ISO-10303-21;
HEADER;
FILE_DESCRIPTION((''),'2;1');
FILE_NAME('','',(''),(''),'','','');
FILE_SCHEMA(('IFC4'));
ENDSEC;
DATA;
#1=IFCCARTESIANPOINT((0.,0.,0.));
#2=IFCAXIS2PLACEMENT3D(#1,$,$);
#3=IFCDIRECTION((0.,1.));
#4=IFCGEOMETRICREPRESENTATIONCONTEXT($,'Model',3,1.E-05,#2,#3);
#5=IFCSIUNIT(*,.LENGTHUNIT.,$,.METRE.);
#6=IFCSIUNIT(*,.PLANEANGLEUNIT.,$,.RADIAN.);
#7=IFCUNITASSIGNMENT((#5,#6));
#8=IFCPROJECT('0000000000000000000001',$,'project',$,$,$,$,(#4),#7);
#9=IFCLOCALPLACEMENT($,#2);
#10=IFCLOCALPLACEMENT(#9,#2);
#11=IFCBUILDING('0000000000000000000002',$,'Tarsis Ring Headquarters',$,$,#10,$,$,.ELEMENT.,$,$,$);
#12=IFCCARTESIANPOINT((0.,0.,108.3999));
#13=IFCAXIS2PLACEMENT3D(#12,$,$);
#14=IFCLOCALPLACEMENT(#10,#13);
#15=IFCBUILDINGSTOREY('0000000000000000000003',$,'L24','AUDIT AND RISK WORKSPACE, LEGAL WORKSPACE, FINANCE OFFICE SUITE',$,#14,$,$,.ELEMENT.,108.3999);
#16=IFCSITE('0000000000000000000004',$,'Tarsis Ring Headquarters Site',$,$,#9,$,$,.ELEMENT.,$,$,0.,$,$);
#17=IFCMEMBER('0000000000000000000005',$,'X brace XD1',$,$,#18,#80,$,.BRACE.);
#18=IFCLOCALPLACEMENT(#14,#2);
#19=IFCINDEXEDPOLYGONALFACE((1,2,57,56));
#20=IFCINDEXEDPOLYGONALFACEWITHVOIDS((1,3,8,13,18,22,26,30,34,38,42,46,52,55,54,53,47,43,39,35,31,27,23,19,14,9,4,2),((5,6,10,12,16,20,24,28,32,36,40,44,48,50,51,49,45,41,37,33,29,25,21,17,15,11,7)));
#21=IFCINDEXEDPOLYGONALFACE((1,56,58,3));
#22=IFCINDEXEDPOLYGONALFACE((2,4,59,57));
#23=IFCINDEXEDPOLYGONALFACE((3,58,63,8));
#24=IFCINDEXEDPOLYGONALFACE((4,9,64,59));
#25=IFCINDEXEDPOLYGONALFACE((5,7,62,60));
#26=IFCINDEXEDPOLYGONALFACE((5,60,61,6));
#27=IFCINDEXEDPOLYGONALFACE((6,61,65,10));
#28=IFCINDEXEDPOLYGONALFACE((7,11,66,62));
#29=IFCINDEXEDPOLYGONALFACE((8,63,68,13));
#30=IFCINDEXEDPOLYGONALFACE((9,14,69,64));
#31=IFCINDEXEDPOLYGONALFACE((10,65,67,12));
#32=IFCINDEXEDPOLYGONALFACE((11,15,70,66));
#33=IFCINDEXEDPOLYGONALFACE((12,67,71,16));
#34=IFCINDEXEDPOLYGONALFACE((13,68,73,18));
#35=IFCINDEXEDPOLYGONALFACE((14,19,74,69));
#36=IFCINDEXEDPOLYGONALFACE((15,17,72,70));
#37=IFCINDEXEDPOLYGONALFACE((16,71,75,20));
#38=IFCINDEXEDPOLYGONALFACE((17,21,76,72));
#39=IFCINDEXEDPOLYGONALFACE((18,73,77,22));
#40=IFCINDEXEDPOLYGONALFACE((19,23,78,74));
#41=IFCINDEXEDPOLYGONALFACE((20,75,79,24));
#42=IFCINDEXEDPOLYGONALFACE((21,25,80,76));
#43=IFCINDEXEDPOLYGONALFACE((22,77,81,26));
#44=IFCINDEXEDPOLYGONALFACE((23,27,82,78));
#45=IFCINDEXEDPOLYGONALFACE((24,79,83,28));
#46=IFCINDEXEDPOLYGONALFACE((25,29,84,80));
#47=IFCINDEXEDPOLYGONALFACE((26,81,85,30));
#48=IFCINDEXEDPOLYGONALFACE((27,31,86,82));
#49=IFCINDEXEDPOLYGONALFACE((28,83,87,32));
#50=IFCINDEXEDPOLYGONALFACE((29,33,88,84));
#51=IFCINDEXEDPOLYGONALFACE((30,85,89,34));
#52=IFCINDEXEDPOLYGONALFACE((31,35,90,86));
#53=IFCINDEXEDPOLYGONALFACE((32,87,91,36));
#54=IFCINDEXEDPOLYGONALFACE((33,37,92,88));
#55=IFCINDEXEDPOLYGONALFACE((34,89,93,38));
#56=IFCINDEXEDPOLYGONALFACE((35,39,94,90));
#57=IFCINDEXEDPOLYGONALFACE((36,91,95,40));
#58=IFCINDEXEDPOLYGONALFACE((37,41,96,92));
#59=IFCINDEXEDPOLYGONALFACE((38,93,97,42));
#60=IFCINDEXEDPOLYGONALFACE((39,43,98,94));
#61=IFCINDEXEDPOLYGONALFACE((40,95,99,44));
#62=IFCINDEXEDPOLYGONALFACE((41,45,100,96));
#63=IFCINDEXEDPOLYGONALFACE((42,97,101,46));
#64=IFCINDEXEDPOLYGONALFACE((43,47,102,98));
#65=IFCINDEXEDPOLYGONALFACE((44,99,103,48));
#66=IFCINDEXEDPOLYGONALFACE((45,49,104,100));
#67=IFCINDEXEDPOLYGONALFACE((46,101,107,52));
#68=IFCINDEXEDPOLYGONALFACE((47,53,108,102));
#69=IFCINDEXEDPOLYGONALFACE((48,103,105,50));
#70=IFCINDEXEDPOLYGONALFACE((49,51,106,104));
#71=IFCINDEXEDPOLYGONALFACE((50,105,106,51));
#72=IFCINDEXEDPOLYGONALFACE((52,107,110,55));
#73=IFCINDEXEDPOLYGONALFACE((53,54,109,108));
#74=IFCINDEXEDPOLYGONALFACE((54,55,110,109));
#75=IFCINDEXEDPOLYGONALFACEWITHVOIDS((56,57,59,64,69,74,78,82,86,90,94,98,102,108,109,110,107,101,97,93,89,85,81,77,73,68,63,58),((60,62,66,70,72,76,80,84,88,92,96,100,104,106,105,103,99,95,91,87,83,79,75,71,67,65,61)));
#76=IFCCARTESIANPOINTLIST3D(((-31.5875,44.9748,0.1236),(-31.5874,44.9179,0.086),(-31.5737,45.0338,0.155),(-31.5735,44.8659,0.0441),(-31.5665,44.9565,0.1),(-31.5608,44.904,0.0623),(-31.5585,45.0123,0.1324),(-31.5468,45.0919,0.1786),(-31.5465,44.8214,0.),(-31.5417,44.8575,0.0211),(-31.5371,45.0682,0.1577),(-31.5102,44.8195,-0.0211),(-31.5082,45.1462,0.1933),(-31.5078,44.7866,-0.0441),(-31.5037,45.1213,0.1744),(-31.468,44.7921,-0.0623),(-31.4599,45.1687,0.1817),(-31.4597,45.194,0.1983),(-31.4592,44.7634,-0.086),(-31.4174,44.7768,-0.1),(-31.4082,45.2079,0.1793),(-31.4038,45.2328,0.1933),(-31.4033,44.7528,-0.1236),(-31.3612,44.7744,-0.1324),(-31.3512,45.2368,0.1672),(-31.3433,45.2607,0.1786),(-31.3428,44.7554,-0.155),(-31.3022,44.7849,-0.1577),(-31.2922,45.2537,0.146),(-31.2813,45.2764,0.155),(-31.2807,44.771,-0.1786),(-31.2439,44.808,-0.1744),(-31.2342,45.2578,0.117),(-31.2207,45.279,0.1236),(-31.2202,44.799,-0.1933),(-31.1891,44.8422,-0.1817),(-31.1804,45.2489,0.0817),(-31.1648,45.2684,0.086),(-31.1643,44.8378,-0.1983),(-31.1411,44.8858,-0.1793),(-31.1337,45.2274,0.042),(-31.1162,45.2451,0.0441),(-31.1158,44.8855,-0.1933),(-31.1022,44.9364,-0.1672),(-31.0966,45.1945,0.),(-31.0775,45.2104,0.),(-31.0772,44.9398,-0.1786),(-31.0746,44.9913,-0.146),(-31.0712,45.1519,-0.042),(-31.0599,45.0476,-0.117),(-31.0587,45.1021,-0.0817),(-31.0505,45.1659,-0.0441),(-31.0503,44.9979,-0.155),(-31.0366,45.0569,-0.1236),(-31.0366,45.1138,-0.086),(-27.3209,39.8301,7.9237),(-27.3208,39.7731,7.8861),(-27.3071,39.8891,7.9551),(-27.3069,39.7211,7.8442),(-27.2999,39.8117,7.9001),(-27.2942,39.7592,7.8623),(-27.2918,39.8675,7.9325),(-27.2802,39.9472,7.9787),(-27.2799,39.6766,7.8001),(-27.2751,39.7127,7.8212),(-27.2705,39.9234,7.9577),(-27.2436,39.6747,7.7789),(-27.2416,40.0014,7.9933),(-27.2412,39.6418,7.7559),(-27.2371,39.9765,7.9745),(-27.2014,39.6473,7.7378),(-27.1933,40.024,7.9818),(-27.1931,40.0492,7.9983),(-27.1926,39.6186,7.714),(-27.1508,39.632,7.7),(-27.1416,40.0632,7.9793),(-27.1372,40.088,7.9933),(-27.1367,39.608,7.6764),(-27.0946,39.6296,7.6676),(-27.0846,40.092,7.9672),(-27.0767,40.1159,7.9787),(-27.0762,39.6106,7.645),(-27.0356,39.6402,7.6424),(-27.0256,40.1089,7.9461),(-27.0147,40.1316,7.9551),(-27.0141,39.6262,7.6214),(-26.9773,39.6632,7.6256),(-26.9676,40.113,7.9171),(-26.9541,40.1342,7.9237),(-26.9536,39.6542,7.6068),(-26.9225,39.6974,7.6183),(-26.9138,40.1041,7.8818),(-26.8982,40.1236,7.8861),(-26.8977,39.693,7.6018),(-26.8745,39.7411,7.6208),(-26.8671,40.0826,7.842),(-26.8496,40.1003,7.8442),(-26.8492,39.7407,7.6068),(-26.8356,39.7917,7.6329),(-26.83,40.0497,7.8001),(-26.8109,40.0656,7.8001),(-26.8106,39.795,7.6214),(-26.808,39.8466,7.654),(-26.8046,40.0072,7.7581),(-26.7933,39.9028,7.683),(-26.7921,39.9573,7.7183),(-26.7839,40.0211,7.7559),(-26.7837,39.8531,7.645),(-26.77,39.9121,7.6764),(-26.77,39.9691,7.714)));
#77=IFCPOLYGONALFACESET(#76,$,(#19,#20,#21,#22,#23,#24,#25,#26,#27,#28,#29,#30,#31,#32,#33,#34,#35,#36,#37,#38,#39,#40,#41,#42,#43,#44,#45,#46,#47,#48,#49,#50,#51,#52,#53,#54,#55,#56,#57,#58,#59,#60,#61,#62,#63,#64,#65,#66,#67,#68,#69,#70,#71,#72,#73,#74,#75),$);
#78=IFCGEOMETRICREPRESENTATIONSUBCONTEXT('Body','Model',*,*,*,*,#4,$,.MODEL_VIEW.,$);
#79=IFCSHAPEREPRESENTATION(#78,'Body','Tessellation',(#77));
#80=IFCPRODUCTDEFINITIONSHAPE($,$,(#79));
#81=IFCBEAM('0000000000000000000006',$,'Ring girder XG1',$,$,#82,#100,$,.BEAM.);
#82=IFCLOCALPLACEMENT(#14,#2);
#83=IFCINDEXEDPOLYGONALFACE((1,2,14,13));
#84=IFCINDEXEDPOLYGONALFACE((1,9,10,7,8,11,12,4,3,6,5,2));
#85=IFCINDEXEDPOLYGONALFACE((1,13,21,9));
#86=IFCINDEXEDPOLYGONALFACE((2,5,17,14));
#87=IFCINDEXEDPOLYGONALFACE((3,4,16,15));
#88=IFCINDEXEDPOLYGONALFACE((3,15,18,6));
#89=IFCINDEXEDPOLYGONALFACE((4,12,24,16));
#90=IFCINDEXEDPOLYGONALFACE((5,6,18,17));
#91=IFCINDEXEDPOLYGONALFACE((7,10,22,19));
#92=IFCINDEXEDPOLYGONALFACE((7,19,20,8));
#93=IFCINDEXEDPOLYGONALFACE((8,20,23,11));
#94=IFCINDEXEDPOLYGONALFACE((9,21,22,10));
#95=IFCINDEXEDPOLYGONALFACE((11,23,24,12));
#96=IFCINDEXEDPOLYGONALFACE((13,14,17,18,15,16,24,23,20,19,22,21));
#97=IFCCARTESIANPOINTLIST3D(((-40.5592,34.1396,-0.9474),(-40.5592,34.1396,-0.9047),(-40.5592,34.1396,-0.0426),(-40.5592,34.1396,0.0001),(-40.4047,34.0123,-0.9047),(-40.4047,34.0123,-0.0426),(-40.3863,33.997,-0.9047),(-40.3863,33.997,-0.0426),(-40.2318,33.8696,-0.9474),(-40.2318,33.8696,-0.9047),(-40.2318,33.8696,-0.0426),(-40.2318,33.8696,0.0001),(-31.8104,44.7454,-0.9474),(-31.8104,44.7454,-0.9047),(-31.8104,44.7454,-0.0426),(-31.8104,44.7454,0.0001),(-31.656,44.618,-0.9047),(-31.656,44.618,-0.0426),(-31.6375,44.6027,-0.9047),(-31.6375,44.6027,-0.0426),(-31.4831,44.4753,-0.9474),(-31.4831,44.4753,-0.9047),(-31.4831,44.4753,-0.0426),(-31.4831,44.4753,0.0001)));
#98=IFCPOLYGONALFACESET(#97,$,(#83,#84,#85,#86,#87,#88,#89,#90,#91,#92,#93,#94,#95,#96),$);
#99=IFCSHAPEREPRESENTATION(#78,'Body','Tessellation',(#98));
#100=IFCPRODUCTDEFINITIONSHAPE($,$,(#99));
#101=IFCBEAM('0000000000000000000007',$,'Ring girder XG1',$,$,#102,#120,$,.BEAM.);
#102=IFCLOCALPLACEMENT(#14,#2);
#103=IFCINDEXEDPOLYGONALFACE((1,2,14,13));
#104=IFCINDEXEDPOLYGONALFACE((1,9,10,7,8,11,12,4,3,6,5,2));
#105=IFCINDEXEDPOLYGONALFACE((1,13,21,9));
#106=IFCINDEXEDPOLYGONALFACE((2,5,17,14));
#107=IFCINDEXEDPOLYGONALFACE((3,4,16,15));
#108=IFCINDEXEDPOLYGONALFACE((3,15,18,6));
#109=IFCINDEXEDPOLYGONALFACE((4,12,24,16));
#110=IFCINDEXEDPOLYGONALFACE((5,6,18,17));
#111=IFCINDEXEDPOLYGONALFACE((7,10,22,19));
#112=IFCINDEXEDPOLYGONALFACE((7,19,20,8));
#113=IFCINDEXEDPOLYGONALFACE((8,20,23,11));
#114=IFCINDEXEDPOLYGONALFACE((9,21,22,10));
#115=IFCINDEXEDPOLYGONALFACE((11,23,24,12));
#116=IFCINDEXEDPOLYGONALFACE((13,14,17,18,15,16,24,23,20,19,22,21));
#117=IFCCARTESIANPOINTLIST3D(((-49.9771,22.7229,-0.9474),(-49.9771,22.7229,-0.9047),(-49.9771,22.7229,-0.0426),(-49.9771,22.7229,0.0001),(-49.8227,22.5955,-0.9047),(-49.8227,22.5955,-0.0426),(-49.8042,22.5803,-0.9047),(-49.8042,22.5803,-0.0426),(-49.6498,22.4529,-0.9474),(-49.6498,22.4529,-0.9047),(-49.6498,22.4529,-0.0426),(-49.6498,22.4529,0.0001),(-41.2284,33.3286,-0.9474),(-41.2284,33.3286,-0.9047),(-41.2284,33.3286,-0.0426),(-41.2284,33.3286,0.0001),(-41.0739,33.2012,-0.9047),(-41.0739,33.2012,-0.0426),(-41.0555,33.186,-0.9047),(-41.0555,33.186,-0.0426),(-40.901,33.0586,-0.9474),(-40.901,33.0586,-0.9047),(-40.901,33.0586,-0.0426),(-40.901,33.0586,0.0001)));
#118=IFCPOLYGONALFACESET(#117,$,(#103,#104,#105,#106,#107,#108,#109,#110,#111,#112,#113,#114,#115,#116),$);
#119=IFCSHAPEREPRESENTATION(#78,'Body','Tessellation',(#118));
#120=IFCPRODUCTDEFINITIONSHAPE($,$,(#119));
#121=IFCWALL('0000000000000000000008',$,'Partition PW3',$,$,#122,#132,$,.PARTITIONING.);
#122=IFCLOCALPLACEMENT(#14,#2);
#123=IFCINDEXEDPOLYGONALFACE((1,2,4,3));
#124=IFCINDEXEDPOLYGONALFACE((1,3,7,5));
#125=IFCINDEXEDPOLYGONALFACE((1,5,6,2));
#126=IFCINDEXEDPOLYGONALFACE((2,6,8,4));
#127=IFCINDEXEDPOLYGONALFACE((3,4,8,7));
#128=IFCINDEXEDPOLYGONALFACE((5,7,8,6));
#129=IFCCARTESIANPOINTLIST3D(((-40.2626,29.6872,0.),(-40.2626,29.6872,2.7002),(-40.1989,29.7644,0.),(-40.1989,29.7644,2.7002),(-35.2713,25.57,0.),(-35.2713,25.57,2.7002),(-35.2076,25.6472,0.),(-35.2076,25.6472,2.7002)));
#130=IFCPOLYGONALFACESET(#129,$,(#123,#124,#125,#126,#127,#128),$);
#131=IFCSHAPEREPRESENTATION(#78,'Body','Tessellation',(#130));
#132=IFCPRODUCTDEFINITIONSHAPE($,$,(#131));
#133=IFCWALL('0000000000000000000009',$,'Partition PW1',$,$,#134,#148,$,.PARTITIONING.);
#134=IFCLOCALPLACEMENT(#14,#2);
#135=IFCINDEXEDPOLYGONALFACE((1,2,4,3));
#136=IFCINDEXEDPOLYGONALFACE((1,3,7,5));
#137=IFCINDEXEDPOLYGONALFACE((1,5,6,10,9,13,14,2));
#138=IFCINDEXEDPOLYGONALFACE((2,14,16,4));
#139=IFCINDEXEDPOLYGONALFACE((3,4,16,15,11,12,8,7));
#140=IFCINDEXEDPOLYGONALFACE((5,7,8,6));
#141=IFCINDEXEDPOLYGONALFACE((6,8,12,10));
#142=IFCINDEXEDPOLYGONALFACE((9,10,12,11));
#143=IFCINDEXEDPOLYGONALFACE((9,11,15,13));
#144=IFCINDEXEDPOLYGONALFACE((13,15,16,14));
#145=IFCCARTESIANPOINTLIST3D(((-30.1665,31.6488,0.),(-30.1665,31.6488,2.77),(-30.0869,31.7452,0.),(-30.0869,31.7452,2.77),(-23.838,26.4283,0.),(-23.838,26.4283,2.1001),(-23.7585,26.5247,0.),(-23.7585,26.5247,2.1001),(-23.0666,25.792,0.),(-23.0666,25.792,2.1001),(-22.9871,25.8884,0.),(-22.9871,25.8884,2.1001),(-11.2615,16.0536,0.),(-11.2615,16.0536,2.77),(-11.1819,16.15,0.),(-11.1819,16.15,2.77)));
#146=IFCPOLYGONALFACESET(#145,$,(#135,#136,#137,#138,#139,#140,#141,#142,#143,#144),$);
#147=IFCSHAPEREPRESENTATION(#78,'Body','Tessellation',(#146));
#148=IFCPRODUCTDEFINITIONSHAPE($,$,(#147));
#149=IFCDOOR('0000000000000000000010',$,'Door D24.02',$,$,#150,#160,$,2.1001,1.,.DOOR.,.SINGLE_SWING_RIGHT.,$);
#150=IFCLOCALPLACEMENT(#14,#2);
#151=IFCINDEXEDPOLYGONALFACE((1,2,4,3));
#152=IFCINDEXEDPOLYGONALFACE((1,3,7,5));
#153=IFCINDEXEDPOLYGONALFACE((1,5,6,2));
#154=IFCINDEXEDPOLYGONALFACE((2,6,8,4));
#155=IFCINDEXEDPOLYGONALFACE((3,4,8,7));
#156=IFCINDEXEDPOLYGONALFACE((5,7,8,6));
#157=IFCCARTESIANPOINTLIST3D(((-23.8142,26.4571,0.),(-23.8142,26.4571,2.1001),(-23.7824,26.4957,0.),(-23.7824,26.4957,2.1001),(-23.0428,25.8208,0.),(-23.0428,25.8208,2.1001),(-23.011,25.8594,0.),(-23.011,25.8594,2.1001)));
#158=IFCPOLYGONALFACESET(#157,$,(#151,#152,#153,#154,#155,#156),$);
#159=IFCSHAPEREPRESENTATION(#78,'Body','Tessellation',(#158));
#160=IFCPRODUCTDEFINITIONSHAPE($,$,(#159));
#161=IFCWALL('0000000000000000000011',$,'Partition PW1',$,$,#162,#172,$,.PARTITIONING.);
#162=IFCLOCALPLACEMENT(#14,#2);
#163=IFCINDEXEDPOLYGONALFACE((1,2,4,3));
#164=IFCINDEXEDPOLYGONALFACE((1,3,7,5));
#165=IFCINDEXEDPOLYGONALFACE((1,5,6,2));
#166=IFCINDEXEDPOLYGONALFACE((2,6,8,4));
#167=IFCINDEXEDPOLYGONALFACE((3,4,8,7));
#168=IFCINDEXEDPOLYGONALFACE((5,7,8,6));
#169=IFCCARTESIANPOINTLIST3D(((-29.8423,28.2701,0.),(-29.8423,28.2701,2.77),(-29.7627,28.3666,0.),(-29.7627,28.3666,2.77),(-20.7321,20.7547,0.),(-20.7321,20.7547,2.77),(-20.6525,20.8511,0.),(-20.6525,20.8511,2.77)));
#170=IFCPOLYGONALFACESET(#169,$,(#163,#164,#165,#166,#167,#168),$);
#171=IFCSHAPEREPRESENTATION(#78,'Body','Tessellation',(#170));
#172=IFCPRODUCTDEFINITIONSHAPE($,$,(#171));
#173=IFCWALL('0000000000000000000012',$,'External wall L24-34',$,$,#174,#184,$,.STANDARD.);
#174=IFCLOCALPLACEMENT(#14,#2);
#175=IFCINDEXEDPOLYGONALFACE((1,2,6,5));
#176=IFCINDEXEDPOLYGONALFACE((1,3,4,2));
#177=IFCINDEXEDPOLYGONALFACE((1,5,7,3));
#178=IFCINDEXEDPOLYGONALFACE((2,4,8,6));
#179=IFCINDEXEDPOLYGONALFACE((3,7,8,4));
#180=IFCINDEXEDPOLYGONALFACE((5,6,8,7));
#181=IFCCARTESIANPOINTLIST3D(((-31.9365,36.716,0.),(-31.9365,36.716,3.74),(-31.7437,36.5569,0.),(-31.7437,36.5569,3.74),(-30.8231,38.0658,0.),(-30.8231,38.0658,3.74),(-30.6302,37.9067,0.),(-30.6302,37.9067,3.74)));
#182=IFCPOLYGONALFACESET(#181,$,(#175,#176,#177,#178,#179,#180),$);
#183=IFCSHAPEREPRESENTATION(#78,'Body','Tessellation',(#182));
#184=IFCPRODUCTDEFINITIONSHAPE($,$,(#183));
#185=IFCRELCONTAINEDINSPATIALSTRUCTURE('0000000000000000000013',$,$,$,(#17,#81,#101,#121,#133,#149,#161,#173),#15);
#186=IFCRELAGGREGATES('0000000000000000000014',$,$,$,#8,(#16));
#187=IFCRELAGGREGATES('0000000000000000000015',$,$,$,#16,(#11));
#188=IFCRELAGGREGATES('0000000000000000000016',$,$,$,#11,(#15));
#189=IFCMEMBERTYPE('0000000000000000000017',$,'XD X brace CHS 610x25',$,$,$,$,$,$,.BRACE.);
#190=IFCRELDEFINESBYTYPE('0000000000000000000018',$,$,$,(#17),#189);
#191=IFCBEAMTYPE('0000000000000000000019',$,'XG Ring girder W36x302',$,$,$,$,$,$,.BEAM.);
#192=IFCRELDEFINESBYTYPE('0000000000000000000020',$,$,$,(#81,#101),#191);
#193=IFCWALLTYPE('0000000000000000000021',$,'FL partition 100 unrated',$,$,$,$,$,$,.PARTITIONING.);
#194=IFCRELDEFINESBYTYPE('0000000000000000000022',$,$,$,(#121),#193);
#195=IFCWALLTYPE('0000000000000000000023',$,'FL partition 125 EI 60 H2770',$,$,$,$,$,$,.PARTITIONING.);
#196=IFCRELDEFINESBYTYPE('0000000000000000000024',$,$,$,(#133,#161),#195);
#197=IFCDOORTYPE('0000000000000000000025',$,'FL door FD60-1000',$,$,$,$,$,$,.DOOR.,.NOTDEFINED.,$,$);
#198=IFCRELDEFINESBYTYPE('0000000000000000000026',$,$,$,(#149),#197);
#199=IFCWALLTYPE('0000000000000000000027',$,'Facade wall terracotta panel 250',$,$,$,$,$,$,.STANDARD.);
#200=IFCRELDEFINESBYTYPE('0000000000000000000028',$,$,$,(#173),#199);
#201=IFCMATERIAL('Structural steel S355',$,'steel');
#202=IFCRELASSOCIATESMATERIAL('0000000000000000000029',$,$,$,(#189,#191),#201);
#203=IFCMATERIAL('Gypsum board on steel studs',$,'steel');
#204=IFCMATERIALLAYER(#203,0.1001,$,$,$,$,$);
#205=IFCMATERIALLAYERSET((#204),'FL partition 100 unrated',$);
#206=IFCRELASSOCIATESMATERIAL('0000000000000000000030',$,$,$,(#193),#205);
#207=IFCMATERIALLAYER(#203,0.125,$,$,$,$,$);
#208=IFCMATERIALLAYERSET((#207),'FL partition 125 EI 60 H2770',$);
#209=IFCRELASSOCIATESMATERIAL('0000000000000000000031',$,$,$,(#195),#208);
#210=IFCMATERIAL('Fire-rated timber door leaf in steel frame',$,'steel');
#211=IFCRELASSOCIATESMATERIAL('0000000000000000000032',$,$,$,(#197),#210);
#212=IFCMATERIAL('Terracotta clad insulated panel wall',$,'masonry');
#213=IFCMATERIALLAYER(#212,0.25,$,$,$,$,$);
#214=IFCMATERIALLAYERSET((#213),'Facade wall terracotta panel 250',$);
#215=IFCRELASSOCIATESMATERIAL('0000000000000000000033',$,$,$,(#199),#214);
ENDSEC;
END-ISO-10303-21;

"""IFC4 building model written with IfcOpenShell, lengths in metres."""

from ifc_helpers import new_model, si_unit, direction, frame, frame_2d, origin, origin_2d, place, context, subcontext, project, spatial, rectangle, hollow_circle, i_section, extrude, material, layer, layer_set, material_profile, profile_set, type_object, element, fill, save


model = new_model("IFC4")

# Units and contexts
model_context = context("Model", 3, precision=1e-05, world=origin(), true_north=direction((0.0, 1.0)))
body_context = subcontext(model_context, "Body", "Model", "MODEL_VIEW")
ifc_project = project(units=[si_unit("LENGTHUNIT", "METRE"), si_unit("PLANEANGLEUNIT", "RADIAN")], contexts=[model_context])

# Site, building, storey
site_placement = place(None, origin())
site = spatial("IfcSite", under=ifc_project, at=site_placement, Name="Tarsis Ring Headquarters Site", CompositionType="ELEMENT", RefElevation=0.0)
building_placement = place(site_placement, origin())
building = spatial("IfcBuilding", under=site, at=building_placement, Name="Tarsis Ring Headquarters", CompositionType="ELEMENT")
storey_placement = place(building_placement, frame((0.0, 0.0, 108.3999)))
storey = spatial("IfcBuildingStorey", under=building, at=storey_placement, Name="L24", Description="AUDIT AND RISK WORKSPACE, LEGAL WORKSPACE, FINANCE OFFICE SUITE", CompositionType="ELEMENT", Elevation=108.3999)

# Shared definitions
ifc_material_1 = material(Name="Structural steel S355", Category="steel")

# Member
ifc_material_profile_1 = material_profile(ifc_material_1, hollow_circle(Radius=0.3047, WallThickness=0.0249, at=origin_2d()), Name="CHS 610x25")
ifc_profile_set_1 = profile_set([ifc_material_profile_1], Name="Structural steel S355")
member_type = type_object("IfcMemberType", Name="XD X brace CHS 610x25", PredefinedType="BRACE", material=ifc_profile_set_1)
member_placement = place(storey_placement, frame((-31.312, 45.0159, 0.0), z_axis=(0.415364, -0.500856, 0.759353), x_axis=(0.769743, 0.638354, 0.0)))
element("IfcMember", 1, at=member_placement, inside=storey, type_object=member_type, Name="X brace XD1", PredefinedType="BRACE", context=body_context, shape_type="SweptSolid", body=[
    extrude(hollow_circle(Radius=0.3047, WallThickness=0.0249, at=origin_2d()), origin(), (0.0, 0.0, 1.0), 10.272),
])

# Beams
ifc_material_profile_2 = material_profile(ifc_material_1, i_section(OverallWidth=0.4243, OverallDepth=0.9475, WebThickness=0.0239, FlangeThickness=0.0427, at=origin_2d()), Name="W36x302")
ifc_profile_set_2 = profile_set([ifc_material_profile_2], Name="Structural steel S355")
beam_type = type_object("IfcBeamType", Name="XG Ring girder W36x302", PredefinedType="BEAM", material=ifc_profile_set_2)
for number, where, z_axis, x_axis, name in (
    (2, (-31.6467, 44.6104, -0.4736), (-0.636343, -0.771407, 0.0), (0.771407, -0.636343, 0.0), "Ring girder XG1"),
    (3, (-41.0647, 33.1936, -0.4736), (-0.636343, -0.771407, 0.0), (0.771407, -0.636343, 0.0), "Ring girder XG1"),
):
    element("IfcBeam", number, at=place(storey_placement, frame(where, z_axis=z_axis, x_axis=x_axis)), inside=storey, type_object=beam_type, Name=name, PredefinedType="BEAM", context=body_context, shape_type="SweptSolid", body=[
        extrude(i_section(OverallWidth=0.4243, OverallDepth=0.9475, WebThickness=0.0239, FlangeThickness=0.0427, at=origin_2d()), origin(), (0.0, 0.0, 1.0), 13.7485),
    ])

# Wall
ifc_material_2 = material(Name="Gypsum board on steel studs", Category="steel")
ifc_layer_1 = layer(ifc_material_2, 0.1001)
ifc_layer_set_1 = layer_set([ifc_layer_1], Name="FL partition 100 unrated")
wall_type_1 = type_object("IfcWallType", Name="FL partition 100 unrated", PredefinedType="PARTITIONING", material=ifc_layer_set_1)
wall_1_placement = place(storey_placement, frame((-40.2307, 29.7258, 0.0), z_axis=(0.0, 0.0, 1.0), x_axis=(0.771416, -0.636331, 0.0)))
element("IfcWall", 4, at=wall_1_placement, inside=storey, type_object=wall_type_1, Name="Partition PW3", PredefinedType="PARTITIONING", context=body_context, shape_type="SweptSolid", body=[
    extrude(rectangle(XDim=6.4702, YDim=0.1001, at=frame_2d((3.2351, 0.0))), origin(), (0.0, 0.0, 1.0), 2.7002),
])

# Wall, opening, door
ifc_layer_2 = layer(ifc_material_2, 0.125)
ifc_layer_set_2 = layer_set([ifc_layer_2], Name="FL partition 125 EI 60 H2770")
wall_type_2 = type_object("IfcWallType", Name="FL partition 125 EI 60 H2770", PredefinedType="PARTITIONING", material=ifc_layer_set_2)
wall_2_placement = place(storey_placement, frame((-30.1267, 31.697, 0.0), z_axis=(0.0, 0.0, 1.0), x_axis=(0.771402, -0.636348, 0.0)))
wall_2 = element("IfcWall", 5, at=wall_2_placement, inside=storey, type_object=wall_type_2, Name="Partition PW1", PredefinedType="PARTITIONING", context=body_context, shape_type="SweptSolid", body=[
    extrude(rectangle(XDim=24.5073, YDim=0.125, at=frame_2d((12.2537, 0.0))), origin(), (0.0, 0.0, 1.0), 2.77),
])
opening_1_placement = place(wall_2_placement, frame((8.2039, 0.0, 0.0)))
opening_1 = element("IfcOpeningElement", 6, at=opening_1_placement, cuts=wall_2, PredefinedType="OPENING", context=body_context, shape_type="SweptSolid", body=[
    extrude(rectangle(XDim=1.0, YDim=2.1001, at=frame_2d((0.5, 1.05))), frame((0.0, 0.0725, 0.0), z_axis=(0.0, -1.0, 0.0), x_axis=(1.0, 0.0, 0.0)), (0.0, 0.0, 1.0), 0.145),
])
ifc_material_3 = material(Name="Fire-rated timber door leaf in steel frame", Category="steel")
door_type = type_object("IfcDoorType", Name="FL door FD60-1000", OperationType="NOTDEFINED", PredefinedType="DOOR", material=ifc_material_3)
door_placement = place(opening_1_placement, origin())
door = element("IfcDoor", 7, at=door_placement, inside=storey, type_object=door_type, Name="Door D24.02", OperationType="SINGLE_SWING_RIGHT", OverallHeight=2.1001, OverallWidth=1.0, PredefinedType="DOOR", context=body_context, shape_type="SweptSolid", body=[
    extrude(rectangle(XDim=1.0, YDim=2.1001, at=frame_2d((0.5, 1.05))), frame((0.0, 0.0249, 0.0), z_axis=(0.0, -1.0, 0.0), x_axis=(1.0, 0.0, 0.0)), (0.0, 0.0, 1.0), 0.05),
])
fill(opening_1, door)

# Walls
wall_3_placement = place(storey_placement, frame((-29.8025, 28.3184, 0.0), z_axis=(0.0, 0.0, 1.0), x_axis=(0.771392, -0.63636, 0.0)))
element("IfcWall", 8, at=wall_3_placement, inside=storey, type_object=wall_type_2, Name="Partition PW1", PredefinedType="PARTITIONING", context=body_context, shape_type="SweptSolid", body=[
    extrude(rectangle(XDim=11.8101, YDim=0.125, at=frame_2d((5.905, 0.0))), origin(), (0.0, 0.0, 1.0), 2.77),
])
ifc_material_4 = material(Name="Terracotta clad insulated panel wall", Category="masonry")
ifc_layer_3 = layer(ifc_material_4, 0.25)
ifc_layer_set_3 = layer_set([ifc_layer_3], Name="Facade wall terracotta panel 250")
wall_type_3 = type_object("IfcWallType", Name="Facade wall terracotta panel 250", PredefinedType="STANDARD", material=ifc_layer_set_3)
wall_4_placement = place(storey_placement, frame((-30.7266, 37.9863, 0.0), z_axis=(0.0, 0.0, 1.0), x_axis=(-0.636348, -0.771402, 0.0)))
element("IfcWall", 9, at=wall_4_placement, inside=storey, type_object=wall_type_3, Name="External wall L24-34", PredefinedType="STANDARD", context=body_context, shape_type="SweptSolid", body=[
    extrude(rectangle(XDim=1.7498, YDim=0.25, at=frame_2d((0.875, 0.0))), origin(), (0.0, 0.0, 1.0), 3.74),
])

save(model, "model.ifc")
